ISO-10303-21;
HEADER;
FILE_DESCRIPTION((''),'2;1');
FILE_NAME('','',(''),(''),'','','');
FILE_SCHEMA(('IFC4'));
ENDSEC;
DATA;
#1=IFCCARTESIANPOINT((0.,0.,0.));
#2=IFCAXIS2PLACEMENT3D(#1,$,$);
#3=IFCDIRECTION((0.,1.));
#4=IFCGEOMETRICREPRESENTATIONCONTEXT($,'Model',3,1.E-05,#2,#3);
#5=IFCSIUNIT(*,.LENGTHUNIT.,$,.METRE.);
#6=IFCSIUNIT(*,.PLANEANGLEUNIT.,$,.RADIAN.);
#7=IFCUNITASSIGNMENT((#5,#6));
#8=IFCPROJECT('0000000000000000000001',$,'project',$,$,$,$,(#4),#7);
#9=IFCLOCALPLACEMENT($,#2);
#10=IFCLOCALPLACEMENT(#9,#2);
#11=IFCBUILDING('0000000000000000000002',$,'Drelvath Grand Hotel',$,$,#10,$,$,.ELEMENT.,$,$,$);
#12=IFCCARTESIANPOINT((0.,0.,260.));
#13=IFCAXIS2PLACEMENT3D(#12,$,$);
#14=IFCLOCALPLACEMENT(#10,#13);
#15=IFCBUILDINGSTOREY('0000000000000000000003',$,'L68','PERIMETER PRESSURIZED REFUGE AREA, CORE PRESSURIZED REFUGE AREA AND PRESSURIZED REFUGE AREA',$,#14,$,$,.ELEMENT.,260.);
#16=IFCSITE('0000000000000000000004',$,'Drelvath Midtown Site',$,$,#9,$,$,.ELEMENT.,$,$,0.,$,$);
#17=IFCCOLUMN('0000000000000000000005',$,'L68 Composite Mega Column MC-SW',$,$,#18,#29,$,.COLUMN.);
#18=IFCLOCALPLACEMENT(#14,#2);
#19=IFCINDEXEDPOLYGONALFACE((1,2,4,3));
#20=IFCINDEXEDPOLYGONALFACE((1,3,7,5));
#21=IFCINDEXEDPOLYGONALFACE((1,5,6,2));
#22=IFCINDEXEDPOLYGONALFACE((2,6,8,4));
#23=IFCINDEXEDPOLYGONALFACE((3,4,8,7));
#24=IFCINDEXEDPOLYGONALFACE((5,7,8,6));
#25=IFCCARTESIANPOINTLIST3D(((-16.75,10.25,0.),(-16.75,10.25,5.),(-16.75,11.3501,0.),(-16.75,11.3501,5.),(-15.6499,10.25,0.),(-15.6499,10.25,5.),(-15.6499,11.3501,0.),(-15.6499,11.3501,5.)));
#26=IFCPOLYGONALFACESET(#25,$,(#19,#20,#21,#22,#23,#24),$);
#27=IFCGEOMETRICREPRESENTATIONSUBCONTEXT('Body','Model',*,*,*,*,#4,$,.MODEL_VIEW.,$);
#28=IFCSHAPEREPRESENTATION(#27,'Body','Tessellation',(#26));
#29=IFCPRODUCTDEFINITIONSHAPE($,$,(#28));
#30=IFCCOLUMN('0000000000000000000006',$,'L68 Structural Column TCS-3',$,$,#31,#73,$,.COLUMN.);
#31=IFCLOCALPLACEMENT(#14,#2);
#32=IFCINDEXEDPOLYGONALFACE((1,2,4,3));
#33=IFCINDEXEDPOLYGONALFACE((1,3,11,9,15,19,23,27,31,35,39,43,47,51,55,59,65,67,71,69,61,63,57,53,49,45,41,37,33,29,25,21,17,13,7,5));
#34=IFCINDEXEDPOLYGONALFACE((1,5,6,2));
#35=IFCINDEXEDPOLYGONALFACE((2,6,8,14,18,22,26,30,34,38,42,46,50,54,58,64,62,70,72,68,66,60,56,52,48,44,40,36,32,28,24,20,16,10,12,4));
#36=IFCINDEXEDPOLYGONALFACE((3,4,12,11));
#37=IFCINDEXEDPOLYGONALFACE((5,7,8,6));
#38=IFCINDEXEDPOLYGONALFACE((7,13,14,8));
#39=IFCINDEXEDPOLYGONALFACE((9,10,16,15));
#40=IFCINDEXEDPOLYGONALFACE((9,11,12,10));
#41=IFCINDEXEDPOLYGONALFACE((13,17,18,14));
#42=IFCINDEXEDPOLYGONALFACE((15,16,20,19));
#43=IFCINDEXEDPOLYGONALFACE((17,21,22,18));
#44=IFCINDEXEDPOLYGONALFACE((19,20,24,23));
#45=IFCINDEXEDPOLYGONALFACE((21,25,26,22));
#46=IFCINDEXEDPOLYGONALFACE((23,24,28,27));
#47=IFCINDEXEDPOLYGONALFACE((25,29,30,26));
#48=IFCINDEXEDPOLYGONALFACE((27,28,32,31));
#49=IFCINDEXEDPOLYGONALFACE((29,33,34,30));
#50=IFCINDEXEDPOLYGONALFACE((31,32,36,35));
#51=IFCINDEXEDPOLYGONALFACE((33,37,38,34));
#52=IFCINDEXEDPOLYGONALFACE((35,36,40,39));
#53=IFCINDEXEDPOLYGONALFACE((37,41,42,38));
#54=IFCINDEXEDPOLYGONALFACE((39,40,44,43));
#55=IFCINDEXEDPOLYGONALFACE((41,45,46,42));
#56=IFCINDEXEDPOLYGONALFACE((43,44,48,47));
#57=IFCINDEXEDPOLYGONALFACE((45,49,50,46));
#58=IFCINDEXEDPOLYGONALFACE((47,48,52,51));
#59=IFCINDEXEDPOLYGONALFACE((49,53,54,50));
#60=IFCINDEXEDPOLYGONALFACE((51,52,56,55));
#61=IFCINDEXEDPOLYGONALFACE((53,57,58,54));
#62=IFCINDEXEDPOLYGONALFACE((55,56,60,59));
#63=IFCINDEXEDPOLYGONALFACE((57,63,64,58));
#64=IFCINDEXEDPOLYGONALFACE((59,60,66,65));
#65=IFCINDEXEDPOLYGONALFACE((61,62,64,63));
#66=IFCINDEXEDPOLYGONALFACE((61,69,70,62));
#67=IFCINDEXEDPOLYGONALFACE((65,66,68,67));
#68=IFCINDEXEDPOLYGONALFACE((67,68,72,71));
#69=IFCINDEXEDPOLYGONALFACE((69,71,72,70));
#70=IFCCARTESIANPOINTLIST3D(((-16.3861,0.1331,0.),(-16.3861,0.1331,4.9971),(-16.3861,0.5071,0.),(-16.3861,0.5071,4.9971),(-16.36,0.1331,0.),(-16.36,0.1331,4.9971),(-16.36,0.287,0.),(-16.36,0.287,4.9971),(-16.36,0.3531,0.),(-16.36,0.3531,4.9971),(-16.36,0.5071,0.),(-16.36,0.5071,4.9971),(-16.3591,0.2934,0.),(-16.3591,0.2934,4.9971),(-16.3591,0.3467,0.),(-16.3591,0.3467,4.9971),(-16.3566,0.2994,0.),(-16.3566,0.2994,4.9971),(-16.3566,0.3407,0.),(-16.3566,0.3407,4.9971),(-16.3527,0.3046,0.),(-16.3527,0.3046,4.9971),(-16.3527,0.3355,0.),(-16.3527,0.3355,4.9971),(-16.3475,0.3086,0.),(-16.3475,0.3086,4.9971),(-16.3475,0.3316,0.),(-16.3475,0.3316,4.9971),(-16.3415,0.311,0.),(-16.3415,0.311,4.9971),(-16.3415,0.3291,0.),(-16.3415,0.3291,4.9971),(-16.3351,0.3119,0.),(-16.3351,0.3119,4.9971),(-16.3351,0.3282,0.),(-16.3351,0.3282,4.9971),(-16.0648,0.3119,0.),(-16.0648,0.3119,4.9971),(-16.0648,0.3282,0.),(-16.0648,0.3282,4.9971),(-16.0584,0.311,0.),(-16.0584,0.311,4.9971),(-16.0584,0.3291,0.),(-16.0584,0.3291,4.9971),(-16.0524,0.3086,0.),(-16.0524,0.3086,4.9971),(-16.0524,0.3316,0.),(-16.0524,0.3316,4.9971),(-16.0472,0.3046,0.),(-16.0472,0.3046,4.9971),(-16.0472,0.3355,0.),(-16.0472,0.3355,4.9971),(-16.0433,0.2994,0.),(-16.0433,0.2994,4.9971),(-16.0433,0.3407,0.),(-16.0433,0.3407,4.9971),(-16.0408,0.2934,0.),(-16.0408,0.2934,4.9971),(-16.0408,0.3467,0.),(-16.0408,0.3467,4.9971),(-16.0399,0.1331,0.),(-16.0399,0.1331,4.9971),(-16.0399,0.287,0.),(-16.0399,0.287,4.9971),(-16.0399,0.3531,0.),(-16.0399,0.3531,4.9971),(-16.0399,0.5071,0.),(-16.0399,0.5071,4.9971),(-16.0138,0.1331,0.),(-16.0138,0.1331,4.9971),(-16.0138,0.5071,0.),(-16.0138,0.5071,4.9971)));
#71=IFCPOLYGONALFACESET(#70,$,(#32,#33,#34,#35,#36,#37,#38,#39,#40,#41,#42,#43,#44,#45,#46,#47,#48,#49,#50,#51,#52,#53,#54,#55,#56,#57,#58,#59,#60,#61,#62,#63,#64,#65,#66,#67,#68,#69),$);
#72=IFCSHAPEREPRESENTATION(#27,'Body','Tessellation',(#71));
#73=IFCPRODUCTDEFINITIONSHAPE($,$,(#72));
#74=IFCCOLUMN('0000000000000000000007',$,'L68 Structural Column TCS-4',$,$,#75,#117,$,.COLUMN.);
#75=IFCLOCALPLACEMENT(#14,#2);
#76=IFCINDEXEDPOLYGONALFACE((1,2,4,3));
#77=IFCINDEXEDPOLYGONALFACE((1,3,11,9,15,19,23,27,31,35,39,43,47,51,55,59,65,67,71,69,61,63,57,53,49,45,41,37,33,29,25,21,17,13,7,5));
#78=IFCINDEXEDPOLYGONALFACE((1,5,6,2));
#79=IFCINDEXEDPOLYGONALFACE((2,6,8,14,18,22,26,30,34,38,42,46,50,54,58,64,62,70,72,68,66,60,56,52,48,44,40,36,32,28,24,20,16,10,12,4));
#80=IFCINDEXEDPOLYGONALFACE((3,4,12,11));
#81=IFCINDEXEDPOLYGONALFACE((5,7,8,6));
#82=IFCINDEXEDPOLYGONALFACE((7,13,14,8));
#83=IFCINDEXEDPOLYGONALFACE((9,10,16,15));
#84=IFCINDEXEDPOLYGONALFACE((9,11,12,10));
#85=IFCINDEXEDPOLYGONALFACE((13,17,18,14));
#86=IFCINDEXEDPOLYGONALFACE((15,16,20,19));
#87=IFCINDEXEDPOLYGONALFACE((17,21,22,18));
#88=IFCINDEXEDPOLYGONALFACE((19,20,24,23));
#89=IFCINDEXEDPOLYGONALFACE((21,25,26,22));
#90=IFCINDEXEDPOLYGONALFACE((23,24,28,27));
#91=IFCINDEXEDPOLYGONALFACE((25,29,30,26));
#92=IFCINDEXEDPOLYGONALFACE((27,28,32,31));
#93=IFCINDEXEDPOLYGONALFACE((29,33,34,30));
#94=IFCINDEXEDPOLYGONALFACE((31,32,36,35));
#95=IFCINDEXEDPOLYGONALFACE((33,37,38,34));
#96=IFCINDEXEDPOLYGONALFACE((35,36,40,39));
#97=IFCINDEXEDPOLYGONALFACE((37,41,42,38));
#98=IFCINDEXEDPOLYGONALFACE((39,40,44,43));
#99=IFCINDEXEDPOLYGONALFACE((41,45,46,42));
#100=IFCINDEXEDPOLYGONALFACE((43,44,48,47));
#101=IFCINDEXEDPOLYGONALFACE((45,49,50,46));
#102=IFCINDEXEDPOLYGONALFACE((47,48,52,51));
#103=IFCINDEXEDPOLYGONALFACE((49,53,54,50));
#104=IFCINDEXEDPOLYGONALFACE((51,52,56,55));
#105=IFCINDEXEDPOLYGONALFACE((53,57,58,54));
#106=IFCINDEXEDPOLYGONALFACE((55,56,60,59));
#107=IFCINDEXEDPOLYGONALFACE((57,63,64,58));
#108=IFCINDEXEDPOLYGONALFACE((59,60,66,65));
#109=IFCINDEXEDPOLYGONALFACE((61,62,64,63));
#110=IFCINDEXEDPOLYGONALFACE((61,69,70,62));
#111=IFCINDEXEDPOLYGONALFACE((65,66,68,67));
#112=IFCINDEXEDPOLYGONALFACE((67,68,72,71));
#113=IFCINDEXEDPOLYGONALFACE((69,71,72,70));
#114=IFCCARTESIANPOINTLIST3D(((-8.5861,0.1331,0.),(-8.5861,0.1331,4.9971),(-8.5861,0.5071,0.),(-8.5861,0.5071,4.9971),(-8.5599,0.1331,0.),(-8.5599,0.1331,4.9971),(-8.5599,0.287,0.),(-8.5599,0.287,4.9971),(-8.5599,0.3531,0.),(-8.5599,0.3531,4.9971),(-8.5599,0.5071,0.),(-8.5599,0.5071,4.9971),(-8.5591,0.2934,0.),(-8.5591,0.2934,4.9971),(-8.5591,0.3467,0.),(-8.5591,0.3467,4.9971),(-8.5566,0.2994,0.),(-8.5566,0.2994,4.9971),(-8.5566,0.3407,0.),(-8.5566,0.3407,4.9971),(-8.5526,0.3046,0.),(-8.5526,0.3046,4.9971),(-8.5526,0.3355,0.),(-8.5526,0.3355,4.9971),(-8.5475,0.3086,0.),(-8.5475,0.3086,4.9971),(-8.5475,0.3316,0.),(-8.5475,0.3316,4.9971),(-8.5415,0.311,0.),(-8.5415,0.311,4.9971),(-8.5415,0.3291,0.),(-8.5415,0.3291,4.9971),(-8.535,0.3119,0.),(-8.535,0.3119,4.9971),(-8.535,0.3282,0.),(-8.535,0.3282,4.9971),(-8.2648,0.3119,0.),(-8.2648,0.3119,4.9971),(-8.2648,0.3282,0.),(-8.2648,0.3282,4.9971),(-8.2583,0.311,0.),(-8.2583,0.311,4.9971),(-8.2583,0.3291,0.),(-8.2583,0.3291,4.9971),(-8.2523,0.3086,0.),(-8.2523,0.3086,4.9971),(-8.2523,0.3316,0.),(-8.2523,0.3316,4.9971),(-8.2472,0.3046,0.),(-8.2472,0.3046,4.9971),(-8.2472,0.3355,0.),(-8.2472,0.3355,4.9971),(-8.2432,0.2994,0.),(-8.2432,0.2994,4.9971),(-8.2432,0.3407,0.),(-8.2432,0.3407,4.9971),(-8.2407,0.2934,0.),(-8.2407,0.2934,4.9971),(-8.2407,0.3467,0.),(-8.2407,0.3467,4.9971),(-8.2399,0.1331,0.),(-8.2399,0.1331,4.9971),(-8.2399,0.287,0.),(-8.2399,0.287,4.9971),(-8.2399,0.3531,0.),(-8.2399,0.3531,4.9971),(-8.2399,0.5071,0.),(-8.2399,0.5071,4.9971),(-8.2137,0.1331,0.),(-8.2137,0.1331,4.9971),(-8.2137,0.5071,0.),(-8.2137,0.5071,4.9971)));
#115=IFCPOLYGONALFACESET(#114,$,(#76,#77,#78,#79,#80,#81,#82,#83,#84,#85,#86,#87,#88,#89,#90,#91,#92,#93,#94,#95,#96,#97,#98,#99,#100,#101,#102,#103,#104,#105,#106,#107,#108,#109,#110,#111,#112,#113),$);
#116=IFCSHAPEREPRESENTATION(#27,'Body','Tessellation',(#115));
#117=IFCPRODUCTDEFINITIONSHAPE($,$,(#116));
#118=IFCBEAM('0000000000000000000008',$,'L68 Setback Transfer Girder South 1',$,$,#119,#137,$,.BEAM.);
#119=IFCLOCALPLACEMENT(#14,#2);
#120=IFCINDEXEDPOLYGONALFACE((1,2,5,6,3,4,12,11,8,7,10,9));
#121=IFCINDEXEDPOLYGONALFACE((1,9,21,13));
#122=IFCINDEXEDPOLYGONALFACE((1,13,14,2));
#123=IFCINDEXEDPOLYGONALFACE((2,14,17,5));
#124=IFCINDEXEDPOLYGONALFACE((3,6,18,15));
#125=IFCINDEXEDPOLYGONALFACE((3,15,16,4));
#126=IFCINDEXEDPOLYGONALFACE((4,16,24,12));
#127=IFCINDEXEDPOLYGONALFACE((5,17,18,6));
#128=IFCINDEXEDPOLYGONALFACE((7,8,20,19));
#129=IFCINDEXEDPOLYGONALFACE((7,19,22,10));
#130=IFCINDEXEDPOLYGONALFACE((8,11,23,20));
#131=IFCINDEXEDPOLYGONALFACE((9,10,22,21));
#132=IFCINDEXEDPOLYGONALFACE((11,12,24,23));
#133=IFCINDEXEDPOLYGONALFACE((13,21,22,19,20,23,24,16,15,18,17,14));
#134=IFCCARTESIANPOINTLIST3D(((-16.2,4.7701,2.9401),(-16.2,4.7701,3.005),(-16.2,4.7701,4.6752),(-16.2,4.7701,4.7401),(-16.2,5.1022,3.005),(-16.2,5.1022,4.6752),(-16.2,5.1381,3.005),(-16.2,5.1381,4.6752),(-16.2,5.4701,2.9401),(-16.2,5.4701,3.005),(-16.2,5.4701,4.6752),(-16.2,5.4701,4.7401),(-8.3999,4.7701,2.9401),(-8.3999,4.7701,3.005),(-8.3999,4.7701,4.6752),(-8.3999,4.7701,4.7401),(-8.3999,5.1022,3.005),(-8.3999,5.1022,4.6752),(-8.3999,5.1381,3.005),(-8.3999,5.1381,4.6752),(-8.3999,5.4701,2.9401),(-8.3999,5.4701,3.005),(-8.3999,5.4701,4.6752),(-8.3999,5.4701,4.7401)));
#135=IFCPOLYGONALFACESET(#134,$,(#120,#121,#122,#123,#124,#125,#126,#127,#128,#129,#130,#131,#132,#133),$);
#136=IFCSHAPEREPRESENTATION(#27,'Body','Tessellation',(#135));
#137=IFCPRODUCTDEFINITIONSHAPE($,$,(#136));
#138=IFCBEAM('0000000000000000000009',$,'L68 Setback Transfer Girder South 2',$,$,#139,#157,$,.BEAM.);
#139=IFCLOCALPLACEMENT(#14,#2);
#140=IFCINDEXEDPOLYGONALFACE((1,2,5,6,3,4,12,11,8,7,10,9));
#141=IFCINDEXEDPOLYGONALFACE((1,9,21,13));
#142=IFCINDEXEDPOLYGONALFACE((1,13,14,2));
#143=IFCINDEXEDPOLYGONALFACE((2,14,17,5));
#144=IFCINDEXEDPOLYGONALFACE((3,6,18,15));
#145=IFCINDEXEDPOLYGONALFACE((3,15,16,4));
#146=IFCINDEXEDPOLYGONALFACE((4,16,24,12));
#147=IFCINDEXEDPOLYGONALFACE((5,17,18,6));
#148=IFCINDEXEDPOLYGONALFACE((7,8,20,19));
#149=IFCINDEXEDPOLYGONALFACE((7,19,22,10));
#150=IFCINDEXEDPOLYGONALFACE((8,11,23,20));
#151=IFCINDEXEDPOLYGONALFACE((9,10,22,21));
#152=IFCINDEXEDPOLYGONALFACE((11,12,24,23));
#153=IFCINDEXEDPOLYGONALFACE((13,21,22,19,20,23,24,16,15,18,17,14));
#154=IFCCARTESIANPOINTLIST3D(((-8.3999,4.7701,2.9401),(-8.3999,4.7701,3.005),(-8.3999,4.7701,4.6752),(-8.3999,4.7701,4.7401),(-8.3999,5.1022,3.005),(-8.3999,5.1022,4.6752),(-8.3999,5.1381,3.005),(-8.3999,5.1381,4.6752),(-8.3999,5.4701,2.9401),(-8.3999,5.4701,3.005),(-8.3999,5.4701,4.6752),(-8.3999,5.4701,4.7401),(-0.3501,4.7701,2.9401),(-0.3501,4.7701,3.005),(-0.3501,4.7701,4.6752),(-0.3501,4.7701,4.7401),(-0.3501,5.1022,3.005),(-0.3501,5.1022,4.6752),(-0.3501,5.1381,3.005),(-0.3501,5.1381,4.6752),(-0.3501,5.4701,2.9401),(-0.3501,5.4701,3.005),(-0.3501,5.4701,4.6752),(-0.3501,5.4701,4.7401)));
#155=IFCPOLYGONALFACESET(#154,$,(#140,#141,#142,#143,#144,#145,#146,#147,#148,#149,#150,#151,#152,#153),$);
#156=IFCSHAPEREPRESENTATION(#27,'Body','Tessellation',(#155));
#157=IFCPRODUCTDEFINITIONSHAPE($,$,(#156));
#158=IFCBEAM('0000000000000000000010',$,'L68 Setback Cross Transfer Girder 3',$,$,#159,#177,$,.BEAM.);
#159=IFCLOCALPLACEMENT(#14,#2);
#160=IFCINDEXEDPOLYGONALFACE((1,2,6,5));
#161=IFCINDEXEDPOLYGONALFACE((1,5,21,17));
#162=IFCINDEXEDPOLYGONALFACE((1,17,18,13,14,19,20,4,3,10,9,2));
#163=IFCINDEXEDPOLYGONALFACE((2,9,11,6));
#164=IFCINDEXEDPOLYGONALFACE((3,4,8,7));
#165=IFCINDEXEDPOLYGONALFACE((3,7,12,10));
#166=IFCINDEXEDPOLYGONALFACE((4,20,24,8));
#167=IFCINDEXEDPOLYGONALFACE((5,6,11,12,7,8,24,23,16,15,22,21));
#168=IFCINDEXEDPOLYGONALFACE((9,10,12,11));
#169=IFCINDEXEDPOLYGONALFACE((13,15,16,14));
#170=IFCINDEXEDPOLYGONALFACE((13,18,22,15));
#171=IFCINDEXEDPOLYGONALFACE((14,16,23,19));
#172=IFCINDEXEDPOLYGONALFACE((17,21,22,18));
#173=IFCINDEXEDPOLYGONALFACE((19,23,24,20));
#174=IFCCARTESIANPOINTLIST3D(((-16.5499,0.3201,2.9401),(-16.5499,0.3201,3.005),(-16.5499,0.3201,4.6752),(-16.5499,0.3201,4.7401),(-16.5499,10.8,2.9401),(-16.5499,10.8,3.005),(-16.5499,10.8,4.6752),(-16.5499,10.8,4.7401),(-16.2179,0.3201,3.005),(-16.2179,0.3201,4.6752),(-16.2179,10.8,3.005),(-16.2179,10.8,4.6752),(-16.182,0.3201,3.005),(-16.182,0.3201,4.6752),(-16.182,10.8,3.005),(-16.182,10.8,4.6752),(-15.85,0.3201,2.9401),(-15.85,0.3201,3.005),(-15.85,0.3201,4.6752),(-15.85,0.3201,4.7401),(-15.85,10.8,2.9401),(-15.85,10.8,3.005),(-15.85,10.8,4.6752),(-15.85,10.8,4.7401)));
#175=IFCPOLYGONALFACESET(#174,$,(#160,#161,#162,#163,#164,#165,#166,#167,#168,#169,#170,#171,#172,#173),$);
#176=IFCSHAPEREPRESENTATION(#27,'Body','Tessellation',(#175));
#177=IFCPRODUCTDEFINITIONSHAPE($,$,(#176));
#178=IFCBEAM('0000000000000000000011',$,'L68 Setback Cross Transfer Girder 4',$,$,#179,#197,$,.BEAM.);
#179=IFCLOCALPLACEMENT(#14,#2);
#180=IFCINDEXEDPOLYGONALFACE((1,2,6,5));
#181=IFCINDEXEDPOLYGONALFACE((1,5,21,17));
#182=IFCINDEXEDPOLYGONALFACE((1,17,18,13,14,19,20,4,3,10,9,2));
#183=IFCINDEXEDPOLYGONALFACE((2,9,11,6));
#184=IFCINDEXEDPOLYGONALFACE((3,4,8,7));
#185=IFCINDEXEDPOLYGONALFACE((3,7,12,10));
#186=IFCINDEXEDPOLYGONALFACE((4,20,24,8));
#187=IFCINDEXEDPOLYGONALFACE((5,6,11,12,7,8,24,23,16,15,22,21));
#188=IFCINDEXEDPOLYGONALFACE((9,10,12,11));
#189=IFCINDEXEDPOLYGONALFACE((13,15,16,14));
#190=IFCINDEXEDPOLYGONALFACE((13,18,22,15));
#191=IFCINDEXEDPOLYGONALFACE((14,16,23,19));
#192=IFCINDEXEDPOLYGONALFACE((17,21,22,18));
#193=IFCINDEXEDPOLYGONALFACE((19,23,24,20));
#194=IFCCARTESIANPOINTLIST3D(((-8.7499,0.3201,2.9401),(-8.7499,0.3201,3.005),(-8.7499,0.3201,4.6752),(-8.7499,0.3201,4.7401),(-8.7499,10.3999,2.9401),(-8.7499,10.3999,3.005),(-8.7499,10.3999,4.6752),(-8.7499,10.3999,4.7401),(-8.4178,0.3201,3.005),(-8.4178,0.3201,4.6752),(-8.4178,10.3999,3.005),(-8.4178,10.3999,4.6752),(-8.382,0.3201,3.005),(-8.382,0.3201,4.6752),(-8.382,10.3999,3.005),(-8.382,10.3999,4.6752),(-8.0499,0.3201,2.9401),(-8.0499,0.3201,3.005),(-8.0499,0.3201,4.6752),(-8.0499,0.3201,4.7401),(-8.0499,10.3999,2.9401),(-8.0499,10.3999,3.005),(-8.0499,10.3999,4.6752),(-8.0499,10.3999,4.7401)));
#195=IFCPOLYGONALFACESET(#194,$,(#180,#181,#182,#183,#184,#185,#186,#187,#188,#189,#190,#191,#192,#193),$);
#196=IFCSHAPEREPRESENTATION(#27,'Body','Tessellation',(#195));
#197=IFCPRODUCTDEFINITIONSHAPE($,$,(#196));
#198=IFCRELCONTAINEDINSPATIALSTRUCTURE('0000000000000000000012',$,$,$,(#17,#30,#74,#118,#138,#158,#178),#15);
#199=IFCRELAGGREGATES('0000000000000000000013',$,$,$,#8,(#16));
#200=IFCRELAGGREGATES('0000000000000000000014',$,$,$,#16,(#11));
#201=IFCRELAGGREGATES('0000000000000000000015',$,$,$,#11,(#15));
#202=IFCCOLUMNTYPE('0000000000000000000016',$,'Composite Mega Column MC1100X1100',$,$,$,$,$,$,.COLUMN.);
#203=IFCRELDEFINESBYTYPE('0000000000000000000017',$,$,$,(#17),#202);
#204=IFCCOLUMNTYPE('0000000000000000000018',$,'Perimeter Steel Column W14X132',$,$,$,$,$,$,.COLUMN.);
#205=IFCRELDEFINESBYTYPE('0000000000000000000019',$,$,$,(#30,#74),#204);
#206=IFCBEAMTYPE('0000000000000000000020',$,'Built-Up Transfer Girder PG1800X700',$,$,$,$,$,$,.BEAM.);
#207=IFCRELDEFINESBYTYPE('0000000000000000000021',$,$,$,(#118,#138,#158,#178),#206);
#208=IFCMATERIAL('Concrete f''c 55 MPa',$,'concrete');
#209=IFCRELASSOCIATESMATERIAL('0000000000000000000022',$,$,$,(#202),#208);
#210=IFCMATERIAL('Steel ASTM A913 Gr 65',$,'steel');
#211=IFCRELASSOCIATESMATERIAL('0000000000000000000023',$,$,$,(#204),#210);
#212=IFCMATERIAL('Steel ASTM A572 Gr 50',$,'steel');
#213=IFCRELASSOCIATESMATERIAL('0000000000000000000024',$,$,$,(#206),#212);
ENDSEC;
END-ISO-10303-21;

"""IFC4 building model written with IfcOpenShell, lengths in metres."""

from ifc_helpers import new_model, si_unit, direction, frame, origin, origin_2d, place, context, subcontext, project, spatial, rectangle, i_section, extrude, material, material_profile, profile_set, type_object, element, save


model = new_model("IFC4")

# Units and contexts
model_context = context("Model", 3, precision=1e-05, world=origin(), true_north=direction((0.0, 1.0)))
body_context = subcontext(model_context, "Body", "Model", "MODEL_VIEW")
ifc_project = project(units=[si_unit("LENGTHUNIT", "METRE"), si_unit("PLANEANGLEUNIT", "RADIAN")], contexts=[model_context])

# Site, building, storey
site_placement = place(None, origin())
site = spatial("IfcSite", under=ifc_project, at=site_placement, Name="Drelvath Midtown Site", CompositionType="ELEMENT", RefElevation=0.0)
building_placement = place(site_placement, origin())
building = spatial("IfcBuilding", under=site, at=building_placement, Name="Drelvath Grand Hotel", CompositionType="ELEMENT")
storey_placement = place(building_placement, frame((0.0, 0.0, 260.0)))
storey = spatial("IfcBuildingStorey", under=building, at=storey_placement, Name="L68", Description="PERIMETER PRESSURIZED REFUGE AREA, CORE PRESSURIZED REFUGE AREA AND PRESSURIZED REFUGE AREA", CompositionType="ELEMENT", Elevation=260.0)

# Columns
ifc_material_1 = material(Name="Concrete f'c 55 MPa", Category="concrete")
ifc_material_profile_1 = material_profile(ifc_material_1, rectangle(XDim=1.1001, YDim=1.1001, at=origin_2d()), Name="MC1100X1100")
ifc_profile_set_1 = profile_set([ifc_material_profile_1], Name="Concrete f'c 55 MPa")
column_type_1 = type_object("IfcColumnType", Name="Composite Mega Column MC1100X1100", PredefinedType="COLUMN", material=ifc_profile_set_1)
column_placement = place(storey_placement, frame((-16.2, 10.8, 0.0), z_axis=(0.0, 0.0, 1.0), x_axis=(1.0, 0.0, 0.0)))
element("IfcColumn", 1, at=column_placement, inside=storey, type_object=column_type_1, Name="L68 Composite Mega Column MC-SW", PredefinedType="COLUMN", context=body_context, shape_type="SweptSolid", body=[
    extrude(rectangle(XDim=1.1001, YDim=1.1001, at=origin_2d()), origin(), (0.0, 0.0, 1.0), 5.0),
])
ifc_material_2 = material(Name="Steel ASTM A913 Gr 65", Category="steel")
ifc_material_profile_2 = material_profile(ifc_material_2, i_section(OverallWidth=0.374, OverallDepth=0.3723, WebThickness=0.0164, FlangeThickness=0.0261, FilletRadius=0.0249, at=origin_2d()), Name="W14X132")
ifc_profile_set_2 = profile_set([ifc_material_profile_2], Name="Steel ASTM A913 Gr 65")
column_type_2 = type_object("IfcColumnType", Name="Perimeter Steel Column W14X132", PredefinedType="COLUMN", material=ifc_profile_set_2)
for number, where, z_axis, x_axis, name in (
    (2, (-16.2, 0.3201, 0.0), (0.0, 0.0, 1.0), (0.0, 1.0, 0.0), "L68 Structural Column TCS-3"),
    (3, (-8.3999, 0.3201, 0.0), (0.0, 0.0, 1.0), (0.0, 1.0, 0.0), "L68 Structural Column TCS-4"),
):
    element("IfcColumn", number, at=place(storey_placement, frame(where, z_axis=z_axis, x_axis=x_axis)), inside=storey, type_object=column_type_2, Name=name, PredefinedType="COLUMN", context=body_context, shape_type="SweptSolid", body=[
        extrude(i_section(OverallWidth=0.374, OverallDepth=0.3723, WebThickness=0.0164, FlangeThickness=0.0261, FilletRadius=0.0249, at=origin_2d()), origin(), (0.0, 0.0, 1.0), 4.9971),
    ])

# Beams
ifc_material_3 = material(Name="Steel ASTM A572 Gr 50", Category="steel")
ifc_material_profile_3 = material_profile(ifc_material_3, i_section(OverallWidth=0.7, OverallDepth=1.8, WebThickness=0.0359, FlangeThickness=0.0649, at=origin_2d()), Name="PG1800X700")
ifc_profile_set_3 = profile_set([ifc_material_profile_3], Name="Steel ASTM A572 Gr 50")
beam_type_1 = type_object("IfcBeamType", Name="Built-Up Transfer Girder PG1800X700", PredefinedType="BEAM", material=ifc_profile_set_3)
beam_1_placement = place(storey_placement, frame((-16.2, 5.1201, 3.8401), z_axis=(1.0, 0.0, 0.0), x_axis=(0.0, 1.0, 0.0)))
element("IfcBeam", 4, at=beam_1_placement, inside=storey, type_object=beam_type_1, Name="L68 Setback Transfer Girder South 1", PredefinedType="BEAM", context=body_context, shape_type="SweptSolid", body=[
    extrude(i_section(OverallWidth=0.7, OverallDepth=1.8, WebThickness=0.0359, FlangeThickness=0.0649, at=origin_2d()), origin(), (0.0, 0.0, 1.0), 7.8),
])
beam_2_placement = place(storey_placement, frame((-8.3999, 5.1201, 3.8401), z_axis=(1.0, 0.0, 0.0), x_axis=(0.0, 1.0, 0.0)))
element("IfcBeam", 5, at=beam_2_placement, inside=storey, type_object=beam_type_1, Name="L68 Setback Transfer Girder South 2", PredefinedType="BEAM", context=body_context, shape_type="SweptSolid", body=[
    extrude(i_section(OverallWidth=0.7, OverallDepth=1.8, WebThickness=0.0359, FlangeThickness=0.0649, at=origin_2d()), origin(), (0.0, 0.0, 1.0), 8.0498),
])
beam_3_placement = place(storey_placement, frame((-16.2, 0.3201, 3.8401), z_axis=(0.0, 1.0, 0.0), x_axis=(-1.0, 0.0, 0.0)))
element("IfcBeam", 6, at=beam_3_placement, inside=storey, type_object=beam_type_1, Name="L68 Setback Cross Transfer Girder 3", PredefinedType="BEAM", context=body_context, shape_type="SweptSolid", body=[
    extrude(i_section(OverallWidth=0.7, OverallDepth=1.8, WebThickness=0.0359, FlangeThickness=0.0649, at=origin_2d()), origin(), (0.0, 0.0, 1.0), 10.48),
])
beam_4_placement = place(storey_placement, frame((-8.3999, 0.3201, 3.8401), z_axis=(0.0, 1.0, 0.0), x_axis=(-1.0, 0.0, 0.0)))
element("IfcBeam", 7, at=beam_4_placement, inside=storey, type_object=beam_type_1, Name="L68 Setback Cross Transfer Girder 4", PredefinedType="BEAM", context=body_context, shape_type="SweptSolid", body=[
    extrude(i_section(OverallWidth=0.7, OverallDepth=1.8, WebThickness=0.0359, FlangeThickness=0.0649, at=origin_2d()), origin(), (0.0, 0.0, 1.0), 10.0798),
])

save(model, "model.ifc")
